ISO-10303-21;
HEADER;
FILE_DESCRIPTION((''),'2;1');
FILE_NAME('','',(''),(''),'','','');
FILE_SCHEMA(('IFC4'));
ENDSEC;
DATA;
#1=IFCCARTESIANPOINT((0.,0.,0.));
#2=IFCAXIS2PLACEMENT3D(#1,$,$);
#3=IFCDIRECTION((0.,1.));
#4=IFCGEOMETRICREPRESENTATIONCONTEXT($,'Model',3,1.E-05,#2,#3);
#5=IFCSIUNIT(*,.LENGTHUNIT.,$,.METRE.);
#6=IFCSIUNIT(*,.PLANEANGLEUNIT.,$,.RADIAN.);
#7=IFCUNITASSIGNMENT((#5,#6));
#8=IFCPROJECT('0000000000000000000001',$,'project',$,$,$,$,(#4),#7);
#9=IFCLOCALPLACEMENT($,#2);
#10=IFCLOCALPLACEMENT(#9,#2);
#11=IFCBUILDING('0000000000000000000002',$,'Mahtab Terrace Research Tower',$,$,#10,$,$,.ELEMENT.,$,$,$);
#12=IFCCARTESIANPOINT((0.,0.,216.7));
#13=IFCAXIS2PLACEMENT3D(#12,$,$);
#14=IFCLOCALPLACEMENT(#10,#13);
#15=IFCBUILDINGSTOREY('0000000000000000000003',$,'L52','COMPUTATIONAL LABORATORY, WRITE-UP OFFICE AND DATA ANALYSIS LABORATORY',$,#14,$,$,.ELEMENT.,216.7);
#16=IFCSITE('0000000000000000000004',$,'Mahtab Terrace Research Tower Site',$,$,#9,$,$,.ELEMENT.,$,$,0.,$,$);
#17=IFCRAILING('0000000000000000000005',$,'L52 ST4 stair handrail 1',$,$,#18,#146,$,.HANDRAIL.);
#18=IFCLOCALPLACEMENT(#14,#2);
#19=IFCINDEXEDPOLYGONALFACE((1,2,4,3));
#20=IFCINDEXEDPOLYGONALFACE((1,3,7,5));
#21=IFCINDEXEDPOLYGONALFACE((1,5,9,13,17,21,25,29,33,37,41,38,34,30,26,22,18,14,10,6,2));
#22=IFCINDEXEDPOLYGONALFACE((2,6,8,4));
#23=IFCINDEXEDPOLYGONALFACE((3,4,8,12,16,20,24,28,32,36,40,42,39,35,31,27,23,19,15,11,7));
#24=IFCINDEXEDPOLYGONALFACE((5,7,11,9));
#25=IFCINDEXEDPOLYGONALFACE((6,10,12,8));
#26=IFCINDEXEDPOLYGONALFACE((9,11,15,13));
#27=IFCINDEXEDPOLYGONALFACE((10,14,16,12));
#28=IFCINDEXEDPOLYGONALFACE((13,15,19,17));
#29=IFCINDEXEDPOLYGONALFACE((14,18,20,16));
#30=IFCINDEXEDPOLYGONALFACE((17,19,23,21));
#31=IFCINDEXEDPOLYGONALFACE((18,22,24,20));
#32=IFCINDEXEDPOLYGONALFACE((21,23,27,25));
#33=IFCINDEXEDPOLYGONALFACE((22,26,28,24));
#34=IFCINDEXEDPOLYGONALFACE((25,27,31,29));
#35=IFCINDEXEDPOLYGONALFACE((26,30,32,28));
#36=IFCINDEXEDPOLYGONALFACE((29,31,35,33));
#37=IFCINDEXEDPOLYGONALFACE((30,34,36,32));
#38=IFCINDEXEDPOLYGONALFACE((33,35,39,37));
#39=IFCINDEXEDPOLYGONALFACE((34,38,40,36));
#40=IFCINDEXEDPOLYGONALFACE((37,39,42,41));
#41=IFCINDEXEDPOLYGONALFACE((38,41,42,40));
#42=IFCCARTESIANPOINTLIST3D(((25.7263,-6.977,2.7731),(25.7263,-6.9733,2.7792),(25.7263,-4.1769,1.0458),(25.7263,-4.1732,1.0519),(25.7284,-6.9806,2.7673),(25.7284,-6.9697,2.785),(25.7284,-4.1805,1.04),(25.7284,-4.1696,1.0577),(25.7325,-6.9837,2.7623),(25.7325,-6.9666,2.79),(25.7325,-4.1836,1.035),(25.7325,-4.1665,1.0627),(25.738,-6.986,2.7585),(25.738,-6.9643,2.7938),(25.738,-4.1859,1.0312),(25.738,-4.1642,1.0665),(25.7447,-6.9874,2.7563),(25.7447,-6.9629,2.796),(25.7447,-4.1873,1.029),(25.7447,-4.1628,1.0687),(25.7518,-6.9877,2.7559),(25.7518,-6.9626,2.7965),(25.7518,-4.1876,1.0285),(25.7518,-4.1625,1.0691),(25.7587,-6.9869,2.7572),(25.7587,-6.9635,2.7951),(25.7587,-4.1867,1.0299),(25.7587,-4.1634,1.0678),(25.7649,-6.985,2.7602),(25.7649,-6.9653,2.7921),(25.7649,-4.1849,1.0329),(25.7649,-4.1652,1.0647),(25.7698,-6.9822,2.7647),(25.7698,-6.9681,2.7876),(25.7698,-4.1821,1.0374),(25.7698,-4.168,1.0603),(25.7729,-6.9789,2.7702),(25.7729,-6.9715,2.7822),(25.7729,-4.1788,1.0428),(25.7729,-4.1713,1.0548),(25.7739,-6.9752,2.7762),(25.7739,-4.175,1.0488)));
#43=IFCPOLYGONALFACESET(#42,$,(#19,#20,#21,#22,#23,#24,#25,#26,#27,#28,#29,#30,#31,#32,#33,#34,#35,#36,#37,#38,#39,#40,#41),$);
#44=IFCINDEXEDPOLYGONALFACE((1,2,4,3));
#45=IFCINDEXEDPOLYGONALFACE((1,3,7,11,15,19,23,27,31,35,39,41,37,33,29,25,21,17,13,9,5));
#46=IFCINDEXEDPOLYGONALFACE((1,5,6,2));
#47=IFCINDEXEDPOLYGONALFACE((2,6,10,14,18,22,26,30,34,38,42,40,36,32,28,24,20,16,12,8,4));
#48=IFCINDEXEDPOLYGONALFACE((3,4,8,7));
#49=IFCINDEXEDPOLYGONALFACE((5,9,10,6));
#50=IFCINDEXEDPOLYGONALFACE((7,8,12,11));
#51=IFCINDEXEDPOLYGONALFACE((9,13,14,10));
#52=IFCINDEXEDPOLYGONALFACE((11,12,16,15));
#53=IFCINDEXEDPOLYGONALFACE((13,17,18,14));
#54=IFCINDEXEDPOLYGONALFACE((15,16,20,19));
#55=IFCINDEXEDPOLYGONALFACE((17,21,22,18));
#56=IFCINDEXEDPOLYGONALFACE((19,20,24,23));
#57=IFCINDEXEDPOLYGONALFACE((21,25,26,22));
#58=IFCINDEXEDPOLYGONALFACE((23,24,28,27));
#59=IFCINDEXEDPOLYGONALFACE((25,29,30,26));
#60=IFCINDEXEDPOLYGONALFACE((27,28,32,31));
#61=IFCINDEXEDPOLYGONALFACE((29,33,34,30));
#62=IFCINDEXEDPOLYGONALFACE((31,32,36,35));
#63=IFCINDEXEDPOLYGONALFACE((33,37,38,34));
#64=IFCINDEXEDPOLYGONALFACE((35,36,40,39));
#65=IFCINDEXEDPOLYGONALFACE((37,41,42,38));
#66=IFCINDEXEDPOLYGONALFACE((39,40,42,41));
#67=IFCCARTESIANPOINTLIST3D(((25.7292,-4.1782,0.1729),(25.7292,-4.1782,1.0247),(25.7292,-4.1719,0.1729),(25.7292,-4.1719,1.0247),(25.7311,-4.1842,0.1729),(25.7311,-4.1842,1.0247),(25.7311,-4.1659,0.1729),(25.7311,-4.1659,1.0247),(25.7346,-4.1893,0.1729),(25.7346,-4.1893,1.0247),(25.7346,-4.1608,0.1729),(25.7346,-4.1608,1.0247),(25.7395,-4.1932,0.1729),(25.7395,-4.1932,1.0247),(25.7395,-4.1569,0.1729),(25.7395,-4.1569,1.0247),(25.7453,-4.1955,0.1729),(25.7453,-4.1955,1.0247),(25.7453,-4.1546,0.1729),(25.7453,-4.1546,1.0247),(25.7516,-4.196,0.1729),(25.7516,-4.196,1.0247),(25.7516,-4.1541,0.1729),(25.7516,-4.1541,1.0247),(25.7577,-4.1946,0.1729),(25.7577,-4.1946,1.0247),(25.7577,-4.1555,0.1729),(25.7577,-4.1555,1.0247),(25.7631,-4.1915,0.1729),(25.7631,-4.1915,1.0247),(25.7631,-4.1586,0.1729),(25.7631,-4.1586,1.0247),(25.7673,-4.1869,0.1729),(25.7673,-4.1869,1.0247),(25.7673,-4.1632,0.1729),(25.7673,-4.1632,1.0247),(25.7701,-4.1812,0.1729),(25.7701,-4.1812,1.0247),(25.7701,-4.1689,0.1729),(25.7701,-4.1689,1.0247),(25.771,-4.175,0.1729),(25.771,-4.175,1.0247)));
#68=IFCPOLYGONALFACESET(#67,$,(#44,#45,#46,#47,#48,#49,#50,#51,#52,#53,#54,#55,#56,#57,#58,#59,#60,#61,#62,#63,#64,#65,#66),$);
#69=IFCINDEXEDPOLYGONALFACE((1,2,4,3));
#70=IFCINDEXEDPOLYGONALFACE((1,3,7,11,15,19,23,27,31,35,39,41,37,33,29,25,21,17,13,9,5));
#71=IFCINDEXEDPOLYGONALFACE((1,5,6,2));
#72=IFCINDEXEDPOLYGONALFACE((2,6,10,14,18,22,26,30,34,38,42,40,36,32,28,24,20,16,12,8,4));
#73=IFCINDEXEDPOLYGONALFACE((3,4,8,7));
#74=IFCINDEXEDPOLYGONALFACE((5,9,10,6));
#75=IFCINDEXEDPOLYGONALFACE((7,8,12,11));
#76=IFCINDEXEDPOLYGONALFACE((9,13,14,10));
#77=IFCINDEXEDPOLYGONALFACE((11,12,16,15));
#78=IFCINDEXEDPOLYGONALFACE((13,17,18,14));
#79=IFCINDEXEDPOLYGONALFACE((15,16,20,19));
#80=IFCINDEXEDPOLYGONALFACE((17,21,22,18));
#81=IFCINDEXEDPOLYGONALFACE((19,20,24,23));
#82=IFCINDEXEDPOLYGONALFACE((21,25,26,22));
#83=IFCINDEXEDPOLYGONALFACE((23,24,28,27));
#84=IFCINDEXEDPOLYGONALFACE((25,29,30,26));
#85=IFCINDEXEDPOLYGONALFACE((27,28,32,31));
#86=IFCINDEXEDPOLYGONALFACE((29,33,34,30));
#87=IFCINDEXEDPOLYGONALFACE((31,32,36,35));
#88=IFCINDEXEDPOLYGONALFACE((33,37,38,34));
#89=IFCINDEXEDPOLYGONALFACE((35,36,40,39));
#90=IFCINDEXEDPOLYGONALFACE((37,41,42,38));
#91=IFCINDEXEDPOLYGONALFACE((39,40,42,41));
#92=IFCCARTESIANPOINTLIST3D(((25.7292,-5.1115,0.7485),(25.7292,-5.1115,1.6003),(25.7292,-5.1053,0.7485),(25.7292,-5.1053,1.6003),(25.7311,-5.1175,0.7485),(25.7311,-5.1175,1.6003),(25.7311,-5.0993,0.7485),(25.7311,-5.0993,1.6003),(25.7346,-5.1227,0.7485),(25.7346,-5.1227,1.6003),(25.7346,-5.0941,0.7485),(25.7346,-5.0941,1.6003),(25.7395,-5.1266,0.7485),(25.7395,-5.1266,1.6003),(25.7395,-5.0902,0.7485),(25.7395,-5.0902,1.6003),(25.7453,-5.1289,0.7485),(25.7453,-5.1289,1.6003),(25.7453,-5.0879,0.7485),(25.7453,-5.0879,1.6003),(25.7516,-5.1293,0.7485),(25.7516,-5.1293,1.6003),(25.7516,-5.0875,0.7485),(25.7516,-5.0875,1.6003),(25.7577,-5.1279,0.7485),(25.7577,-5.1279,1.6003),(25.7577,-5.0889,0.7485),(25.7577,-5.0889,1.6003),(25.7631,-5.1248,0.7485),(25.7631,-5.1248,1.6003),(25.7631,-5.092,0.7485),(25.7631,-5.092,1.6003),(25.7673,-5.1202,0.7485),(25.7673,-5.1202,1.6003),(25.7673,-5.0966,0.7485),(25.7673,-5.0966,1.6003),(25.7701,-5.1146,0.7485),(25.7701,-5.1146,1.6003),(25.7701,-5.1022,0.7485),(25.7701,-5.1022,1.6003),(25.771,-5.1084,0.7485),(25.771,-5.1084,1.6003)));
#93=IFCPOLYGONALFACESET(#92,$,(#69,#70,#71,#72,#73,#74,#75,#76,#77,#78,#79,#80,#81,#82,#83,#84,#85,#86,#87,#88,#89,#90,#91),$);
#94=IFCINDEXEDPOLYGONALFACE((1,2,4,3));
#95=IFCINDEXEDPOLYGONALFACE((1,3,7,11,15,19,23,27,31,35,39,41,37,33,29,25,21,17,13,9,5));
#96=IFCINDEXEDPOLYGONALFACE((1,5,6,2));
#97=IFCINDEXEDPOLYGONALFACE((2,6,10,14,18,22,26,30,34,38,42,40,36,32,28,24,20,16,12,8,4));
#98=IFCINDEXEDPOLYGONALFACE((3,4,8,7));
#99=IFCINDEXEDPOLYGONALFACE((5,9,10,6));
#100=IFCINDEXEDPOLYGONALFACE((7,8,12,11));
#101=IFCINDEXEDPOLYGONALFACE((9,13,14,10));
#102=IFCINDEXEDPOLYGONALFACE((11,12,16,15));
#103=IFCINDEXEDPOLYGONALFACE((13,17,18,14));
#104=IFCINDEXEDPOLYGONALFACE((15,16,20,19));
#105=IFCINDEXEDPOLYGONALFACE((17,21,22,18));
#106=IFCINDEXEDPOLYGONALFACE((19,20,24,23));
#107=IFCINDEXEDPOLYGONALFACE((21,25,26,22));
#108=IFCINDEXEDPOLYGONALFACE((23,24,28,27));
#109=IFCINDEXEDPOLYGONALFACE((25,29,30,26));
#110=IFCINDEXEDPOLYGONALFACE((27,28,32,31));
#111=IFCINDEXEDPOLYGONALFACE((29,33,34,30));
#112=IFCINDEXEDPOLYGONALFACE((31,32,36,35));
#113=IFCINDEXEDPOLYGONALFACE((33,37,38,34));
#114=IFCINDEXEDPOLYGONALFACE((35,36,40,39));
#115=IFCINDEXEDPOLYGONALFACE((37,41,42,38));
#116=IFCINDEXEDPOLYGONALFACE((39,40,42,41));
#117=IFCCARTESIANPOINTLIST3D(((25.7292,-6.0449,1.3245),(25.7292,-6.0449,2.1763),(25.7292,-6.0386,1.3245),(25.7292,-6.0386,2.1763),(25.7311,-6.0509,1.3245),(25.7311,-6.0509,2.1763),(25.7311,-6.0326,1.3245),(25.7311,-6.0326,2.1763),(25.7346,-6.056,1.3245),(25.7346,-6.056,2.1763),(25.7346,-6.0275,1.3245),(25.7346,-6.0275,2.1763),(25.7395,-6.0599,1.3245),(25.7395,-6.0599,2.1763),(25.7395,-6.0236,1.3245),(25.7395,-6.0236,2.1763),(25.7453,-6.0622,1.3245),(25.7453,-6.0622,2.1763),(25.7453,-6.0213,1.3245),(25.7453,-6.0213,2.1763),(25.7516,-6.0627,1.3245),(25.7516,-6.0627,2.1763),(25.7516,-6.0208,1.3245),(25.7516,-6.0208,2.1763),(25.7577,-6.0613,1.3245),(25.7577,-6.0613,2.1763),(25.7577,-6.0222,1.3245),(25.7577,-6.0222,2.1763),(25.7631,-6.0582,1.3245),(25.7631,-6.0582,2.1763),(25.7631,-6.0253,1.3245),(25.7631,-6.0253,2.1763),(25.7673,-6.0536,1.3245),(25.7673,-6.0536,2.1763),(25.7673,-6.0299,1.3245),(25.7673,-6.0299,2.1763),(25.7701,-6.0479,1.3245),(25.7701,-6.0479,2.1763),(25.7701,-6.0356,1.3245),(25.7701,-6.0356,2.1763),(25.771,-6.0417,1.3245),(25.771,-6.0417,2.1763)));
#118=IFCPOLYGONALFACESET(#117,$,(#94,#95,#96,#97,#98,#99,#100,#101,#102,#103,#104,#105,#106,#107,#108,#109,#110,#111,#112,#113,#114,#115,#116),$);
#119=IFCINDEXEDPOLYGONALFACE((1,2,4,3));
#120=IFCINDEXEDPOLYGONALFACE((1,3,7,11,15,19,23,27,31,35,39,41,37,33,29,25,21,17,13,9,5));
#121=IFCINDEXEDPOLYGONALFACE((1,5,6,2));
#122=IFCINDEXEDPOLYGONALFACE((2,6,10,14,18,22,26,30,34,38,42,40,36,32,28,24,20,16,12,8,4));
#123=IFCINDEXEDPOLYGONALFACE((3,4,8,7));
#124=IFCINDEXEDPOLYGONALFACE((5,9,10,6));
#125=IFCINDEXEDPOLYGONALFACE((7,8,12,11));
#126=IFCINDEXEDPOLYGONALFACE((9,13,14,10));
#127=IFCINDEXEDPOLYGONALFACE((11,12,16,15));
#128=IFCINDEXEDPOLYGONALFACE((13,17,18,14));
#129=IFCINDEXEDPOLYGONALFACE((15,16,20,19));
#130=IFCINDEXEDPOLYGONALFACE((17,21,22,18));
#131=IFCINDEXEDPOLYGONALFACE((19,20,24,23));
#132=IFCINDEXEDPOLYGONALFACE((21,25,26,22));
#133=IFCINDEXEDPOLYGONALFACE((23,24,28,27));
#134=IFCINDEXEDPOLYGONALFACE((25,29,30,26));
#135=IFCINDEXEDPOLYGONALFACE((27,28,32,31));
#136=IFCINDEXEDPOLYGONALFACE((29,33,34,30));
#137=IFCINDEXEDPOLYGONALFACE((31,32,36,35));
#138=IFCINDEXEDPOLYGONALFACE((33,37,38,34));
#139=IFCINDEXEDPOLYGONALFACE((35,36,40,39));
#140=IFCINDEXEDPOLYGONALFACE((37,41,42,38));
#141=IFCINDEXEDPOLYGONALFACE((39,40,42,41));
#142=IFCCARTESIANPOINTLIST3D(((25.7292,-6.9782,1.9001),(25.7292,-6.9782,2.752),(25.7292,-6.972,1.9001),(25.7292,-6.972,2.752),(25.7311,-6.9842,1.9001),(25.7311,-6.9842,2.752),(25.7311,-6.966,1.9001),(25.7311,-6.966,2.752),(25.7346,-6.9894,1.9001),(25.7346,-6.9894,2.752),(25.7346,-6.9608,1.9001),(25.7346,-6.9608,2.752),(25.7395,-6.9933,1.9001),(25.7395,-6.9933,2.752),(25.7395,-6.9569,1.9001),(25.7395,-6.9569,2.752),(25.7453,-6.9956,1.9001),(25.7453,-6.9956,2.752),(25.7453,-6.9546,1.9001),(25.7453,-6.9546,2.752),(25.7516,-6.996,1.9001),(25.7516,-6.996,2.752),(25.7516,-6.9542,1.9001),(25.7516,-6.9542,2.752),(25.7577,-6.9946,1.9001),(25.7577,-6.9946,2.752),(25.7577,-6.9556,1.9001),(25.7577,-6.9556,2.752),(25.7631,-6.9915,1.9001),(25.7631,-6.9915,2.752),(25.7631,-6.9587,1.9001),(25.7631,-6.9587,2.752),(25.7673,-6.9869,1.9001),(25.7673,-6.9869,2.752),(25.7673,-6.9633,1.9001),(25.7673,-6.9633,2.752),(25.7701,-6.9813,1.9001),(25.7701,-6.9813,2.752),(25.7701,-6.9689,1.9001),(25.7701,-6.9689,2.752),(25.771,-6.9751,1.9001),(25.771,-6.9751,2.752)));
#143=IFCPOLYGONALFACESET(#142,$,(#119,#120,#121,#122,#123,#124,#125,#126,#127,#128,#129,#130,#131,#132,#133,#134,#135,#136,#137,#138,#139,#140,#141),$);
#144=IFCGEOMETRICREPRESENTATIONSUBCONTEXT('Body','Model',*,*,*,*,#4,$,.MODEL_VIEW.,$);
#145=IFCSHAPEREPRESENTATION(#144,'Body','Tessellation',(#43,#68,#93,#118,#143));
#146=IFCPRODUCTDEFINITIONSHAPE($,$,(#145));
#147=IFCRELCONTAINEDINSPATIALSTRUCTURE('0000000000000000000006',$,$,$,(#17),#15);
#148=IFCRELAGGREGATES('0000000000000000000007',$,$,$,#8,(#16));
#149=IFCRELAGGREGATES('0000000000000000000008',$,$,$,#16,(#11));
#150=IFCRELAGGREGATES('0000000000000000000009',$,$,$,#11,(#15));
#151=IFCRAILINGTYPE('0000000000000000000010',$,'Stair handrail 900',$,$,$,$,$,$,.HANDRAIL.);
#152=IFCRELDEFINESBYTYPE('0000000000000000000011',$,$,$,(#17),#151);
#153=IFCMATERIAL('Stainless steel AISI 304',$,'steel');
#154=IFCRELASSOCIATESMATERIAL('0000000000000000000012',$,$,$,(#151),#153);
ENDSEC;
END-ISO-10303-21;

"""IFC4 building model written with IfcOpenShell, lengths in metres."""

from ifc_helpers import new_model, si_unit, direction, frame, origin, origin_2d, place, context, subcontext, project, spatial, circle, extrude, material, type_object, element, save


model = new_model("IFC4")

# Units and contexts
model_context = context("Model", 3, precision=1e-05, world=origin(), true_north=direction((0.0, 1.0)))
body_context = subcontext(model_context, "Body", "Model", "MODEL_VIEW")
ifc_project = project(units=[si_unit("LENGTHUNIT", "METRE"), si_unit("PLANEANGLEUNIT", "RADIAN")], contexts=[model_context])

# Site, building, storey
site_placement = place(None, origin())
site = spatial("IfcSite", under=ifc_project, at=site_placement, Name="Mahtab Terrace Research Tower Site", CompositionType="ELEMENT", RefElevation=0.0)
building_placement = place(site_placement, origin())
building = spatial("IfcBuilding", under=site, at=building_placement, Name="Mahtab Terrace Research Tower", CompositionType="ELEMENT")
storey_placement = place(building_placement, frame((0.0, 0.0, 216.7)))
storey = spatial("IfcBuildingStorey", under=building, at=storey_placement, Name="L52", Description="COMPUTATIONAL LABORATORY, WRITE-UP OFFICE AND DATA ANALYSIS LABORATORY", CompositionType="ELEMENT", Elevation=216.7)

# Railing
ifc_material_1 = material(Name="Stainless steel AISI 304", Category="steel")
railing_type_1 = type_object("IfcRailingType", Name="Stair handrail 900", PredefinedType="HANDRAIL", material=ifc_material_1)
railing_1_placement = place(storey_placement, frame((25.75, -4.175, 0.1729)))
element("IfcRailing", 1, at=railing_1_placement, inside=storey, type_object=railing_type_1, Name="L52 ST4 stair handrail 1", PredefinedType="HANDRAIL", context=body_context, shape_type="SweptSolid", body=[
    extrude(circle(Radius=0.0239, at=origin_2d()), frame((0.0, 0.0, 0.876), z_axis=(0.0, -0.85109, 0.52502), x_axis=(1.0, 0.0, 0.0)), (0.0, 0.0, 1.0), 3.29),
    extrude(circle(Radius=0.021, at=origin_2d()), origin(), (0.0, 0.0, 1.0), 0.8518),
    extrude(circle(Radius=0.021, at=origin_2d()), frame((0.0, -0.9333, 0.5757)), (0.0, 0.0, 1.0), 0.8518),
    extrude(circle(Radius=0.021, at=origin_2d()), frame((0.0, -1.8667, 1.1516)), (0.0, 0.0, 1.0), 0.8518),
    extrude(circle(Radius=0.021, at=origin_2d()), frame((0.0, -2.8, 1.7273)), (0.0, 0.0, 1.0), 0.8518),
])

save(model, "model.ifc")
